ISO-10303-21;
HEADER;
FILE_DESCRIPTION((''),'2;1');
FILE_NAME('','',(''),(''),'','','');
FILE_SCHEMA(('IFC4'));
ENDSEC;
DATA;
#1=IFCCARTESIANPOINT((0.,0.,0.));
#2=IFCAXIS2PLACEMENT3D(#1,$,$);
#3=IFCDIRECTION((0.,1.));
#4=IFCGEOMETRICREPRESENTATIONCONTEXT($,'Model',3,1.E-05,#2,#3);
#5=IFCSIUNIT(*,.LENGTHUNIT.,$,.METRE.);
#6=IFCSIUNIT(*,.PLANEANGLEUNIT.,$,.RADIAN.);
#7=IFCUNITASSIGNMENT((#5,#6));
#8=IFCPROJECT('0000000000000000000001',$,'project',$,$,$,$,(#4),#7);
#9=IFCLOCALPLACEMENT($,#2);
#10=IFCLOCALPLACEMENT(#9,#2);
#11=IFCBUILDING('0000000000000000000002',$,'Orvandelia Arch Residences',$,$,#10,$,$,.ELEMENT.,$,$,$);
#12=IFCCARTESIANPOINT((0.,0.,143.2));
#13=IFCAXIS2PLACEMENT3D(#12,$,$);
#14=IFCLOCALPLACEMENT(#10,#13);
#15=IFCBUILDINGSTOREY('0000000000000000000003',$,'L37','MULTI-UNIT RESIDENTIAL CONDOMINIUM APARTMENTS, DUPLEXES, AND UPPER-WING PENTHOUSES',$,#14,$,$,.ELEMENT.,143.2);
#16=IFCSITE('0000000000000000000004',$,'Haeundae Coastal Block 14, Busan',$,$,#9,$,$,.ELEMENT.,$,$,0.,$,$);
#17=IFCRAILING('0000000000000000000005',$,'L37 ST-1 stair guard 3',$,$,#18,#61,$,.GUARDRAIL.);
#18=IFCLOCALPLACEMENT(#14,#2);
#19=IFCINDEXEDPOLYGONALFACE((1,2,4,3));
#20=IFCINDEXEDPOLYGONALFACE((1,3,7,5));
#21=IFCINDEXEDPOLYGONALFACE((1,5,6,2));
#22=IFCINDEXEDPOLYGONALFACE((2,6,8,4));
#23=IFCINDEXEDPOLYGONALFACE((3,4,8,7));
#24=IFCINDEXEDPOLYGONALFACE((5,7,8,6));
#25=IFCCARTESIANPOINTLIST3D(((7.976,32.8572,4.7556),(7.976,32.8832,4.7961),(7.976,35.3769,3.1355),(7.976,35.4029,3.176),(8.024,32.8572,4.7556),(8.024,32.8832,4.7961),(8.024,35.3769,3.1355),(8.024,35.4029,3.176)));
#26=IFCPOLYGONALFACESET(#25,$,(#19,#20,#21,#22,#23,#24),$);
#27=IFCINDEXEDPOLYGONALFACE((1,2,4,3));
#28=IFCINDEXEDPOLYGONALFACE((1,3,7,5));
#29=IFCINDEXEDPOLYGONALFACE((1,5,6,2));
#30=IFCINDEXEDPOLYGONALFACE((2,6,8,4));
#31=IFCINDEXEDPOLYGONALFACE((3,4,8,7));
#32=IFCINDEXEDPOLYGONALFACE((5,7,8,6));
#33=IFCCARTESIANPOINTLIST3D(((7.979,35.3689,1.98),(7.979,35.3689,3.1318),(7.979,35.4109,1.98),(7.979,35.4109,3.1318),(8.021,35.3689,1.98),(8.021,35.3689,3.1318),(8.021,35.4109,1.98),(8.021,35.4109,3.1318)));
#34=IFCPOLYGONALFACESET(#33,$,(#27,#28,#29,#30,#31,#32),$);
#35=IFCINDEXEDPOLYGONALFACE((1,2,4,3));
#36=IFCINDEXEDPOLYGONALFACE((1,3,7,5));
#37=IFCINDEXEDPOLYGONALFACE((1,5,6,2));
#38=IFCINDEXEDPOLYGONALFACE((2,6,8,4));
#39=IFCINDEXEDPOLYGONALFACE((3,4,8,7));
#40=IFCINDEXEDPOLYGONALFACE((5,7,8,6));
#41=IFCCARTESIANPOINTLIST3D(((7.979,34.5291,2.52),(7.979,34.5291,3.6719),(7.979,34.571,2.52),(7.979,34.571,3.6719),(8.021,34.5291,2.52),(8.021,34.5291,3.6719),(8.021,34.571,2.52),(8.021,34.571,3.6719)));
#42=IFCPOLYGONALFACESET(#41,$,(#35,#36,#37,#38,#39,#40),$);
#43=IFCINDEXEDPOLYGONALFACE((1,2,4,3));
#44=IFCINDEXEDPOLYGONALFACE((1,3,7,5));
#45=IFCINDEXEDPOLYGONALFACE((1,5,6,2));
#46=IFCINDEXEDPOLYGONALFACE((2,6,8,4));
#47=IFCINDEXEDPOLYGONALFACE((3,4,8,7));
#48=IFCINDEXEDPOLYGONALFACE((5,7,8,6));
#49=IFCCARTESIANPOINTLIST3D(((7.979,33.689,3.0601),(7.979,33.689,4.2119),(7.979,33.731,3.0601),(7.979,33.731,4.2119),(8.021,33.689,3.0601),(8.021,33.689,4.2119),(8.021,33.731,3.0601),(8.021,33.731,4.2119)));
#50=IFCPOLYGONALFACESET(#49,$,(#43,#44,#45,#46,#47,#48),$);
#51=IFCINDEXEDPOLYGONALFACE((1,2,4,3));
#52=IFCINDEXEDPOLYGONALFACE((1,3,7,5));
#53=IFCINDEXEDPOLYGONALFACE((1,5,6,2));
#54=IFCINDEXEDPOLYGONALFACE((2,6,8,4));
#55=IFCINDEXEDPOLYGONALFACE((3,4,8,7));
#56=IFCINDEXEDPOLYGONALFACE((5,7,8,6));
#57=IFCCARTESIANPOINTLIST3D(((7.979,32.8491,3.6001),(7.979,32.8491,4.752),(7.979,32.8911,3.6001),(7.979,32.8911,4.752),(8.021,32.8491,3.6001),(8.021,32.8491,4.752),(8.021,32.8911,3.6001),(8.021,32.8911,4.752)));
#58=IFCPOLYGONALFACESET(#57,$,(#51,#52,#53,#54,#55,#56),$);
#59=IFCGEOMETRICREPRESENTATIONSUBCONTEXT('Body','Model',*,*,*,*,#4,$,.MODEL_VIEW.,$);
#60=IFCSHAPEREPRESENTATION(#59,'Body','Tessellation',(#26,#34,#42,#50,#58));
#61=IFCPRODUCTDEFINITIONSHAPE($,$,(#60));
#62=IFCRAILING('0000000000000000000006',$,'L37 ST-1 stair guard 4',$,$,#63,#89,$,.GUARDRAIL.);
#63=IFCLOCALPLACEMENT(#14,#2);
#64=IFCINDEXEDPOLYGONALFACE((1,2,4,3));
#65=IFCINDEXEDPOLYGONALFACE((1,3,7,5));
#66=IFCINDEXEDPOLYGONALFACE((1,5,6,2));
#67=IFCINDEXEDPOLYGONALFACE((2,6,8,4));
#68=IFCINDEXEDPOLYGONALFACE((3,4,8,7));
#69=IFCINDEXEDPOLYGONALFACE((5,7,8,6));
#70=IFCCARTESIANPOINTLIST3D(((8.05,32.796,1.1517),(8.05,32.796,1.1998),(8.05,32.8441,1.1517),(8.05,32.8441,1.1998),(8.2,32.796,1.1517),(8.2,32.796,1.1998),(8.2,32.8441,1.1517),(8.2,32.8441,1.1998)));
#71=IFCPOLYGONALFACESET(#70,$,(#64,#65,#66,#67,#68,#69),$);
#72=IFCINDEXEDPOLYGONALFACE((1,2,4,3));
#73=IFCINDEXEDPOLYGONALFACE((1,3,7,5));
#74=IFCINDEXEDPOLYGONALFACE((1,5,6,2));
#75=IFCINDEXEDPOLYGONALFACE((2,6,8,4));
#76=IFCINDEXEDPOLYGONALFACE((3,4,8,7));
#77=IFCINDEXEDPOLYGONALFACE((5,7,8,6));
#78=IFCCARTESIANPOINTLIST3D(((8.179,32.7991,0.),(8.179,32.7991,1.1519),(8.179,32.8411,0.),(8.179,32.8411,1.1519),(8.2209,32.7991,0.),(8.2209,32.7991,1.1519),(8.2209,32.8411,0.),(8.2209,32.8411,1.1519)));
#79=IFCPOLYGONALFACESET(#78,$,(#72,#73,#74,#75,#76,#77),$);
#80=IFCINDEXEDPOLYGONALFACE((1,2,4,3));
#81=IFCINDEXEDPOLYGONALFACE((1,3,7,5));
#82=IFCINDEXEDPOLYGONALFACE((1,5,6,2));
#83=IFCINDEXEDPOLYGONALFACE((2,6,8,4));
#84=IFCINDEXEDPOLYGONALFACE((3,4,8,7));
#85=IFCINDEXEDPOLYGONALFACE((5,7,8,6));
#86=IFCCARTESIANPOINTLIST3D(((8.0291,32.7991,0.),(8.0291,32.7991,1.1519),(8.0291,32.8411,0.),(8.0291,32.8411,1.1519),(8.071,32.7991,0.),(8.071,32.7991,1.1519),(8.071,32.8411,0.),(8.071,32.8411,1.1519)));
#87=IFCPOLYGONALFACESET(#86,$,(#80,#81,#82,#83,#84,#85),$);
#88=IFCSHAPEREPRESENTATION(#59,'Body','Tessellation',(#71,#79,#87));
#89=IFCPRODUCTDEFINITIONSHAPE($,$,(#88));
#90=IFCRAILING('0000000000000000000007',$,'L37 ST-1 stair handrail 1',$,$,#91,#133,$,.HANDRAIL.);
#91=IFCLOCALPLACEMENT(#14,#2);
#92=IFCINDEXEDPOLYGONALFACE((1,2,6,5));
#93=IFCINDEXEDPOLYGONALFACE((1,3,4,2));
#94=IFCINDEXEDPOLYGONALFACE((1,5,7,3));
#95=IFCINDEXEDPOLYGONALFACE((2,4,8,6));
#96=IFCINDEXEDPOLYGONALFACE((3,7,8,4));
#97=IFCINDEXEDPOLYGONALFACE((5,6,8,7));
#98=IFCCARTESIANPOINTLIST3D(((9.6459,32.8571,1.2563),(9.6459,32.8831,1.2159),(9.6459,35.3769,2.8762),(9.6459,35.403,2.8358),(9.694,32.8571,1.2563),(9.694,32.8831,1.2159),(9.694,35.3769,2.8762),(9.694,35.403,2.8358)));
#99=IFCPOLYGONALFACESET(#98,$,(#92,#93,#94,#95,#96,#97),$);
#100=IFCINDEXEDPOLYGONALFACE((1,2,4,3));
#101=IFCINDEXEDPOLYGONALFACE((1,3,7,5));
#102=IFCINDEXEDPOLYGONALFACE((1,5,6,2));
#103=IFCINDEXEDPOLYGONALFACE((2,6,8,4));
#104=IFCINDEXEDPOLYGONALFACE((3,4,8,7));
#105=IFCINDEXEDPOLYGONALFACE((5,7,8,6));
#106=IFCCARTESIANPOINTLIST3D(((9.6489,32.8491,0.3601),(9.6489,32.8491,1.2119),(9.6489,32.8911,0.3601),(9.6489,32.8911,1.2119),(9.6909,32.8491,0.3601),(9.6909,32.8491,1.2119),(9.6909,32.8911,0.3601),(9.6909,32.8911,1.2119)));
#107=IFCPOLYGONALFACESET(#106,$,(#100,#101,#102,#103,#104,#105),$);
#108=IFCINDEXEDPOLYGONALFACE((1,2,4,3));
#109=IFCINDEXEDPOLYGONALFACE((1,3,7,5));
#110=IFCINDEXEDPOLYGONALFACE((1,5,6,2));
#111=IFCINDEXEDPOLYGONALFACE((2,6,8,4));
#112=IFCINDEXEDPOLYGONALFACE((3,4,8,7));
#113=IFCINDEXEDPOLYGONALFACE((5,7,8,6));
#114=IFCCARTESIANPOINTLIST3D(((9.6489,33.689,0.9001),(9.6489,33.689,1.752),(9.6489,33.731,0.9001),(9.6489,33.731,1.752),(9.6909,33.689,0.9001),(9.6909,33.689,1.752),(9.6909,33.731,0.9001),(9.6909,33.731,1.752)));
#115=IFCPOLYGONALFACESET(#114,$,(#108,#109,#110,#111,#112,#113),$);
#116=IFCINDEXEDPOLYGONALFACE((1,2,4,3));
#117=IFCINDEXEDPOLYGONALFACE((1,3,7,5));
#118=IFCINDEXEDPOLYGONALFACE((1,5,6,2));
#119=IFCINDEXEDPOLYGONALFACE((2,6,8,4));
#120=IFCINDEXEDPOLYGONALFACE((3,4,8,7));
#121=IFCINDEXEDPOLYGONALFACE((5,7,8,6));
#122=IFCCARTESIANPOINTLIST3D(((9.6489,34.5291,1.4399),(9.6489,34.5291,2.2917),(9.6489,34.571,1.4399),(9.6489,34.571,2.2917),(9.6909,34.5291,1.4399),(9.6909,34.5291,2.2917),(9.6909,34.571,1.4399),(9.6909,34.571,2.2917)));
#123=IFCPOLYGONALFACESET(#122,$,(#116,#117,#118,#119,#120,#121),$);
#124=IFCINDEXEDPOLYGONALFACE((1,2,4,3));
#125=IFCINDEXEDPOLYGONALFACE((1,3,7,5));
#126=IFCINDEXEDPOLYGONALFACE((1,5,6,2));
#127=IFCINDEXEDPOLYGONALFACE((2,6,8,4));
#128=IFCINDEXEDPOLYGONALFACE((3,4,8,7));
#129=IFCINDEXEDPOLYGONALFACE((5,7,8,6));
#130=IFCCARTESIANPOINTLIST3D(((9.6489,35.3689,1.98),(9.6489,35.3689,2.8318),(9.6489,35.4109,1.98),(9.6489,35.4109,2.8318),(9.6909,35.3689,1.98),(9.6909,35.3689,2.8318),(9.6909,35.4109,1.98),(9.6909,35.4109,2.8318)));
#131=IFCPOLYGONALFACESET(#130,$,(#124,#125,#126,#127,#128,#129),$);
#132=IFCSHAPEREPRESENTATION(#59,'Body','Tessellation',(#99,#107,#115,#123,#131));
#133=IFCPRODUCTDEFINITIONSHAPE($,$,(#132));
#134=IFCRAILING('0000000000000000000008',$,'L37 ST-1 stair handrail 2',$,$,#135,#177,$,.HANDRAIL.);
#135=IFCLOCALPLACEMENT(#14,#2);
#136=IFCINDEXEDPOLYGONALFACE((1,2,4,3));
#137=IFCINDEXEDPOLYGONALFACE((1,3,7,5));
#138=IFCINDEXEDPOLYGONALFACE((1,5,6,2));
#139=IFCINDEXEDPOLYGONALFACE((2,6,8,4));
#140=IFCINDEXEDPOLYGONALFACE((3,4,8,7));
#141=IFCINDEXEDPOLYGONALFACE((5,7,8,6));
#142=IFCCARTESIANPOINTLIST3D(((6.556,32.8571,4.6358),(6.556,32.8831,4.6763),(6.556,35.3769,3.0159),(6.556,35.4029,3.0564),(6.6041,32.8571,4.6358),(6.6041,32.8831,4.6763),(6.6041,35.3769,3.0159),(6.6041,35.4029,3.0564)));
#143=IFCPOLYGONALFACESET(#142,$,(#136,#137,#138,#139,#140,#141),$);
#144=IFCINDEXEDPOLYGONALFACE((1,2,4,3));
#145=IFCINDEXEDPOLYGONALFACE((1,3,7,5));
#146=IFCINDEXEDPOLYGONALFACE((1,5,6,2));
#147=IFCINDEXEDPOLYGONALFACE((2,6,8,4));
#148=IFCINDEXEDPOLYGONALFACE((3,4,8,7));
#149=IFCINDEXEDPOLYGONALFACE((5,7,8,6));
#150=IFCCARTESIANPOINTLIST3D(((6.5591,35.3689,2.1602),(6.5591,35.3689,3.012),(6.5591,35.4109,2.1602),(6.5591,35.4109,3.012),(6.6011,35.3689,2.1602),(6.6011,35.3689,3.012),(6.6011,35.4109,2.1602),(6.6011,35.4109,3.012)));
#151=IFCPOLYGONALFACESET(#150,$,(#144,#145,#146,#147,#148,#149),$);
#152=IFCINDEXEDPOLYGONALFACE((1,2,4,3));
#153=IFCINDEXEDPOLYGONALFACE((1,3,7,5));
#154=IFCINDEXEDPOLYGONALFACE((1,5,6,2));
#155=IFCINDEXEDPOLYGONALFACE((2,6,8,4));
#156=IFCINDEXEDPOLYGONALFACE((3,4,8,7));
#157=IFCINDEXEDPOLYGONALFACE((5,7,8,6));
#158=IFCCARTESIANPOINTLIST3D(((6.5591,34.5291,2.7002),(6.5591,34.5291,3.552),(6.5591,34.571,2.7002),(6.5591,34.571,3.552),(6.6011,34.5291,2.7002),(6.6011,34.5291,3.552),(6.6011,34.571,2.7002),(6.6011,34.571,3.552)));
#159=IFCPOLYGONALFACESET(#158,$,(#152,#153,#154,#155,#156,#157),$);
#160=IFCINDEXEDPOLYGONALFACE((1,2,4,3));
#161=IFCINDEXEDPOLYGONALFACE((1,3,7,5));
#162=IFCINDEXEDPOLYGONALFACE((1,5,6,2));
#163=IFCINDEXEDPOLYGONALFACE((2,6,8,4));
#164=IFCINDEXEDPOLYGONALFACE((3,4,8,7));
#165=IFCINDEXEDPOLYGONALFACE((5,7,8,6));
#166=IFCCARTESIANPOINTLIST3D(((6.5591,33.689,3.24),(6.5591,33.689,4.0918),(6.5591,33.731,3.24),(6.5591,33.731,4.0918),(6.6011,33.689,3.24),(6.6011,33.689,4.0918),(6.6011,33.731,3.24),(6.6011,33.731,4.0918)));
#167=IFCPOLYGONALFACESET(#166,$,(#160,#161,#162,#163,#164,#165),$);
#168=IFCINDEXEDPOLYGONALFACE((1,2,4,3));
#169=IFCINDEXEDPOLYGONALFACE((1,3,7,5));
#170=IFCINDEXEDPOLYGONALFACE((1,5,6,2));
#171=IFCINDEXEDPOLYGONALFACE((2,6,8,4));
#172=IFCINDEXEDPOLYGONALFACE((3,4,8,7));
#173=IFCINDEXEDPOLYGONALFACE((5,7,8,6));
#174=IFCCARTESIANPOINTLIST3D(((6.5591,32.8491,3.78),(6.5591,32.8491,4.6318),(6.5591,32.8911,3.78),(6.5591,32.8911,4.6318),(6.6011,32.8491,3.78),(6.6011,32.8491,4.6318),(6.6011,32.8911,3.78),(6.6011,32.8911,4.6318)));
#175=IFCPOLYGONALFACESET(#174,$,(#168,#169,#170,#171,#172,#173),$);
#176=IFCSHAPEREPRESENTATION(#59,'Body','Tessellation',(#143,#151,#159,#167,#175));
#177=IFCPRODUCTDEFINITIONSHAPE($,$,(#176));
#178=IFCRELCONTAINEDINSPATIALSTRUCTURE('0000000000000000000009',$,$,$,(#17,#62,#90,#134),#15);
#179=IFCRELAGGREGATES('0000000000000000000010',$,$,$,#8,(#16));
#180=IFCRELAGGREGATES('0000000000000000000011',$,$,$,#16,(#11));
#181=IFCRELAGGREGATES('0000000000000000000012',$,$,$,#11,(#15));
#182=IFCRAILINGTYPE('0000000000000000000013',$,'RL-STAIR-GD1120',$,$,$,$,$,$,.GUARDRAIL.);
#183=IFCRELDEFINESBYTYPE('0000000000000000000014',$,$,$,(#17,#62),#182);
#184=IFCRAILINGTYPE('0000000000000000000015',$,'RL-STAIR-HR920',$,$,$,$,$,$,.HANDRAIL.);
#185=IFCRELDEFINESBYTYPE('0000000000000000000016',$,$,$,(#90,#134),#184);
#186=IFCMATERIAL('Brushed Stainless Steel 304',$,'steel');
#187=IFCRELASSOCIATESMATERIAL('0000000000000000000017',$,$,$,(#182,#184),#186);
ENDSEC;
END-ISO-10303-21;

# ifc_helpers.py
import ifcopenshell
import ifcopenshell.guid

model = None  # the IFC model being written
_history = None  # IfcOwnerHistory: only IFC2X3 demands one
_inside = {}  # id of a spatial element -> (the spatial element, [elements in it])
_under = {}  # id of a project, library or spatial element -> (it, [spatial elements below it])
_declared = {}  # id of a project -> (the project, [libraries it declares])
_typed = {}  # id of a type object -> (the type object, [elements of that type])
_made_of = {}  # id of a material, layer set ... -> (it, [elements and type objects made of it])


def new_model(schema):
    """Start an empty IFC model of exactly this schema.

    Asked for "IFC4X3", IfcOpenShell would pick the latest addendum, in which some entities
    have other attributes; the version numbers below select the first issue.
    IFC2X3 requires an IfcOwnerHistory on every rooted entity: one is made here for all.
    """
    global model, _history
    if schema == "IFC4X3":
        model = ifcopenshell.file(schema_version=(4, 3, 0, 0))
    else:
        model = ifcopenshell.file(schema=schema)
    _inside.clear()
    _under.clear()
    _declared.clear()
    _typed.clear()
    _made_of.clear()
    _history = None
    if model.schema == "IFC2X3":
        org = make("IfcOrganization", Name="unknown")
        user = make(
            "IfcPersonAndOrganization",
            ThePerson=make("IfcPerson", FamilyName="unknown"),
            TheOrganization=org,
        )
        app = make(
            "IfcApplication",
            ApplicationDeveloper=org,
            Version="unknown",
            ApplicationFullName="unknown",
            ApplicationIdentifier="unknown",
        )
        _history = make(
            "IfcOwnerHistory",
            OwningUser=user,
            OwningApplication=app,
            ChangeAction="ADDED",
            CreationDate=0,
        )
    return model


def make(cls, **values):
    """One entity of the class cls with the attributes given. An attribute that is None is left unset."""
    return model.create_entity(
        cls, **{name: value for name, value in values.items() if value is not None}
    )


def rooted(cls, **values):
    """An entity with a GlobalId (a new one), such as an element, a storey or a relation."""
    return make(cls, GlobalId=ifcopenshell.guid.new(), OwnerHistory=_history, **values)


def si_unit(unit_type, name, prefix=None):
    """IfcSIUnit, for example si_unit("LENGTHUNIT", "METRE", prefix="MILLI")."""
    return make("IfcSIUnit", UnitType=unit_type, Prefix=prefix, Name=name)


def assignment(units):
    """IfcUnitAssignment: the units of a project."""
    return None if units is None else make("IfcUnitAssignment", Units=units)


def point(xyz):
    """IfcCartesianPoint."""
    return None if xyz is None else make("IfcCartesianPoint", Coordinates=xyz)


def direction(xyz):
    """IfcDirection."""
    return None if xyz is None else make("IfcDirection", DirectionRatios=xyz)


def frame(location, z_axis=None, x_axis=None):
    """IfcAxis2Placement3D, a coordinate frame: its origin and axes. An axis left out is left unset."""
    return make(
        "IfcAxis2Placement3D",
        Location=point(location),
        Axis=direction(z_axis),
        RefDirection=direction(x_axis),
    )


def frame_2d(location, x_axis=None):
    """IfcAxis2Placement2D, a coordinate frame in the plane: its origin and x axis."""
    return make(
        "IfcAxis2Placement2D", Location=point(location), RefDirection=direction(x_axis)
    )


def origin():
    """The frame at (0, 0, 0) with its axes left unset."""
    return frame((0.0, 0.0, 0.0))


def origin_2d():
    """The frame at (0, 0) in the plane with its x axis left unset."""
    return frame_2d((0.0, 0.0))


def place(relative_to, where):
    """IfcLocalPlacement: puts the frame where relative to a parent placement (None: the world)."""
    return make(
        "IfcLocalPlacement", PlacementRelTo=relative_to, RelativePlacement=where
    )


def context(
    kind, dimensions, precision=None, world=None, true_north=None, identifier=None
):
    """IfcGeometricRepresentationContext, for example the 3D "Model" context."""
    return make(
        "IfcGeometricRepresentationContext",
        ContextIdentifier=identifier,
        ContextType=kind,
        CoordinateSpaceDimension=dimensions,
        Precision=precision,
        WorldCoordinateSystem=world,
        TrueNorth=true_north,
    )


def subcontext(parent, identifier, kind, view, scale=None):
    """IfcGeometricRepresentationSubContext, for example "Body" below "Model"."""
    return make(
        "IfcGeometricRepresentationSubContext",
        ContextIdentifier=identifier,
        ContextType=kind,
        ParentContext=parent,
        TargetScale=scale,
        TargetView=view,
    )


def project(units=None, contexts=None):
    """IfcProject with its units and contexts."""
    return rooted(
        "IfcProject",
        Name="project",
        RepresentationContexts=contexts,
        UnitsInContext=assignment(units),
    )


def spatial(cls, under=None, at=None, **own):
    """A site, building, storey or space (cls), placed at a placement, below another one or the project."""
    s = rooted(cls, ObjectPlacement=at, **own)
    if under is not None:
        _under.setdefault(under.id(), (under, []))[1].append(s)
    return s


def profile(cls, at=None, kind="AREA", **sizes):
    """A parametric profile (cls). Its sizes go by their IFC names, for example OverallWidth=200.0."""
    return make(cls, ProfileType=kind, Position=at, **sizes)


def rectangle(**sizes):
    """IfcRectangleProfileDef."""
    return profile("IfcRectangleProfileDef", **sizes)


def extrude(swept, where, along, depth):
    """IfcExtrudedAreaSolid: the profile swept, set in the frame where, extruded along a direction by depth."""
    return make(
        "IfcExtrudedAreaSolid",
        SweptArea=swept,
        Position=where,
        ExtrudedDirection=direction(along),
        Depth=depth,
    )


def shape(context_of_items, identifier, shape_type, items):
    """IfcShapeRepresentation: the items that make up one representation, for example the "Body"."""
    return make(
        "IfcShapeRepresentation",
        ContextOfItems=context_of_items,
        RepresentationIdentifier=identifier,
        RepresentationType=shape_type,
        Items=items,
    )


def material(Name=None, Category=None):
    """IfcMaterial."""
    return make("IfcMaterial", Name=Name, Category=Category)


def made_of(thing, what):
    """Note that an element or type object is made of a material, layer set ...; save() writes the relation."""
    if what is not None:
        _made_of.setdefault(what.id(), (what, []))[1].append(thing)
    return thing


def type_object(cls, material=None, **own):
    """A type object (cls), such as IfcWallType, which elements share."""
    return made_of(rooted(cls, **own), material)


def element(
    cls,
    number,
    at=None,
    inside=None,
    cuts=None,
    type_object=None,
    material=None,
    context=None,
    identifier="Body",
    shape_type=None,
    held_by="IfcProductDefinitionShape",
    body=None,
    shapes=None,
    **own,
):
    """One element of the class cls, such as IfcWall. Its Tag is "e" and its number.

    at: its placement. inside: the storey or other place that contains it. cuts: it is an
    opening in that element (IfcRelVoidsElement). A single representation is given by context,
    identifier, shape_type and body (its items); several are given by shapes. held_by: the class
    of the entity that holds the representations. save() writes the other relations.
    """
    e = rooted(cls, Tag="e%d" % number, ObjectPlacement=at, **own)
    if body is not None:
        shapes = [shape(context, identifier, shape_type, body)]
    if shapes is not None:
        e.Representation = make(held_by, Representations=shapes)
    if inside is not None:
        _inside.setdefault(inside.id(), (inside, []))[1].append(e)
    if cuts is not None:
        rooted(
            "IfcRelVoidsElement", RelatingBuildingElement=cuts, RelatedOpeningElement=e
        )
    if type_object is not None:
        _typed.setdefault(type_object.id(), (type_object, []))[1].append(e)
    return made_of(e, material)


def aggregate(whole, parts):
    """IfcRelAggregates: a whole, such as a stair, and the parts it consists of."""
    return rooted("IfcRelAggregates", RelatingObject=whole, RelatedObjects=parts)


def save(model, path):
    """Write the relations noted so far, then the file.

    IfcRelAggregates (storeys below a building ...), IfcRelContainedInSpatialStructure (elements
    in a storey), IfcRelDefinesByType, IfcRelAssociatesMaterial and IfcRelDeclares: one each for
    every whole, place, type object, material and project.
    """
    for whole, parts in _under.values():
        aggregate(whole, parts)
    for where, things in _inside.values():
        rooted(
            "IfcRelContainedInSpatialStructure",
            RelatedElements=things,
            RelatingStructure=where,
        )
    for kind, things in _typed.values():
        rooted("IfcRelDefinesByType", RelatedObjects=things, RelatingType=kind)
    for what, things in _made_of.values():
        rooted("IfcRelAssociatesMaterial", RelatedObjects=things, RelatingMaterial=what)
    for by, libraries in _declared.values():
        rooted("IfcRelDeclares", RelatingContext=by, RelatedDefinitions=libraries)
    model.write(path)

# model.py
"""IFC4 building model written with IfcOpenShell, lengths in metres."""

from ifc_helpers import new_model, si_unit, direction, frame, origin, origin_2d, place, context, subcontext, project, spatial, rectangle, extrude, material, type_object, element, save


model = new_model("IFC4")

# Units and contexts
model_context = context("Model", 3, precision=1e-05, world=origin(), true_north=direction((0.0, 1.0)))
body_context = subcontext(model_context, "Body", "Model", "MODEL_VIEW")
ifc_project = project(units=[si_unit("LENGTHUNIT", "METRE"), si_unit("PLANEANGLEUNIT", "RADIAN")], contexts=[model_context])

# Site, building, storey
site_placement = place(None, origin())
site = spatial("IfcSite", under=ifc_project, at=site_placement, Name="Haeundae Coastal Block 14, Busan", CompositionType="ELEMENT", RefElevation=0.0)
building_placement = place(site_placement, origin())
building = spatial("IfcBuilding", under=site, at=building_placement, Name="Orvandelia Arch Residences", CompositionType="ELEMENT")
storey_placement = place(building_placement, frame((0.0, 0.0, 143.2)))
storey = spatial("IfcBuildingStorey", under=building, at=storey_placement, Name="L37", Description="MULTI-UNIT RESIDENTIAL CONDOMINIUM APARTMENTS, DUPLEXES, AND UPPER-WING PENTHOUSES", CompositionType="ELEMENT", Elevation=143.2)

# Railings
ifc_material_1 = material(Name="Brushed Stainless Steel 304", Category="steel")
railing_type_1 = type_object("IfcRailingType", Name="RL-STAIR-GD1120", PredefinedType="GUARDRAIL", material=ifc_material_1)
railing_1_placement = place(storey_placement, frame((8.0, 35.3899, 1.98)))
element("IfcRailing", 1, at=railing_1_placement, inside=storey, type_object=railing_type_1, Name="L37 ST-1 stair guard 3", PredefinedType="GUARDRAIL", context=body_context, shape_type="SweptSolid", body=[
    extrude(rectangle(XDim=0.0481, YDim=0.0481, at=origin_2d()), frame((0.0, 0.0, 1.1758), z_axis=(0.0, -0.841139, 0.540819), x_axis=(1.0, 0.0, 0.0)), (0.0, 0.0, 1.0), 2.9956),
    extrude(rectangle(XDim=0.042, YDim=0.042, at=origin_2d()), origin(), (0.0, 0.0, 1.0), 1.1519),
    extrude(rectangle(XDim=0.042, YDim=0.042, at=origin_2d()), frame((0.0, -0.8398, 0.54)), (0.0, 0.0, 1.0), 1.1519),
    extrude(rectangle(XDim=0.042, YDim=0.042, at=origin_2d()), frame((0.0, -1.6799, 1.0801)), (0.0, 0.0, 1.0), 1.1519),
    extrude(rectangle(XDim=0.042, YDim=0.042, at=origin_2d()), frame((0.0, -2.5198, 1.6201)), (0.0, 0.0, 1.0), 1.1519),
])
railing_2_placement = place(storey_placement, frame((8.2, 32.8201, 0.0)))
element("IfcRailing", 2, at=railing_2_placement, inside=storey, type_object=railing_type_1, Name="L37 ST-1 stair guard 4", PredefinedType="GUARDRAIL", context=body_context, shape_type="SweptSolid", body=[
    extrude(rectangle(XDim=0.0481, YDim=0.0481, at=origin_2d()), frame((0.0, 0.0, 1.1758), z_axis=(-1.0, 0.0, 0.0), x_axis=(0.0, -1.0, 0.0)), (0.0, 0.0, 1.0), 0.1499),
    extrude(rectangle(XDim=0.042, YDim=0.042, at=origin_2d()), origin(), (0.0, 0.0, 1.0), 1.1519),
    extrude(rectangle(XDim=0.042, YDim=0.042, at=origin_2d()), frame((-0.1499, 0.0, 0.0)), (0.0, 0.0, 1.0), 1.1519),
])
railing_type_2 = type_object("IfcRailingType", Name="RL-STAIR-HR920", PredefinedType="HANDRAIL", material=ifc_material_1)
railing_3_placement = place(storey_placement, frame((9.6699, 32.8701, 0.3601)))
element("IfcRailing", 3, at=railing_3_placement, inside=storey, type_object=railing_type_2, Name="L37 ST-1 stair handrail 1", PredefinedType="HANDRAIL", context=body_context, shape_type="SweptSolid", body=[
    extrude(rectangle(XDim=0.0481, YDim=0.0481, at=origin_2d()), frame((0.0, 0.0, 0.876), z_axis=(0.0, 0.841176, 0.540762), x_axis=(-1.0, 0.0, 0.0)), (0.0, 0.0, 1.0), 2.9956),
    extrude(rectangle(XDim=0.042, YDim=0.042, at=origin_2d()), origin(), (0.0, 0.0, 1.0), 0.8518),
    extrude(rectangle(XDim=0.042, YDim=0.042, at=origin_2d()), frame((0.0, 0.8398, 0.54)), (0.0, 0.0, 1.0), 0.8518),
    extrude(rectangle(XDim=0.042, YDim=0.042, at=origin_2d()), frame((0.0, 1.6799, 1.0798)), (0.0, 0.0, 1.0), 0.8518),
    extrude(rectangle(XDim=0.042, YDim=0.042, at=origin_2d()), frame((0.0, 2.5198, 1.6199)), (0.0, 0.0, 1.0), 0.8518),
])
railing_4_placement = place(storey_placement, frame((6.5801, 35.3899, 2.1602)))
element("IfcRailing", 4, at=railing_4_placement, inside=storey, type_object=railing_type_2, Name="L37 ST-1 stair handrail 2", PredefinedType="HANDRAIL", context=body_context, shape_type="SweptSolid", body=[
    extrude(rectangle(XDim=0.0481, YDim=0.0481, at=origin_2d()), frame((0.0, 0.0, 0.876), z_axis=(0.0, -0.841176, 0.540762), x_axis=(1.0, 0.0, 0.0)), (0.0, 0.0, 1.0), 2.9956),
    extrude(rectangle(XDim=0.042, YDim=0.042, at=origin_2d()), origin(), (0.0, 0.0, 1.0), 0.8518),
    extrude(rectangle(XDim=0.042, YDim=0.042, at=origin_2d()), frame((0.0, -0.8398, 0.54)), (0.0, 0.0, 1.0), 0.8518),
    extrude(rectangle(XDim=0.042, YDim=0.042, at=origin_2d()), frame((0.0, -1.6799, 1.0798)), (0.0, 0.0, 1.0), 0.8518),
    extrude(rectangle(XDim=0.042, YDim=0.042, at=origin_2d()), frame((0.0, -2.5198, 1.6199)), (0.0, 0.0, 1.0), 0.8518),
])

save(model, "model.ifc")
